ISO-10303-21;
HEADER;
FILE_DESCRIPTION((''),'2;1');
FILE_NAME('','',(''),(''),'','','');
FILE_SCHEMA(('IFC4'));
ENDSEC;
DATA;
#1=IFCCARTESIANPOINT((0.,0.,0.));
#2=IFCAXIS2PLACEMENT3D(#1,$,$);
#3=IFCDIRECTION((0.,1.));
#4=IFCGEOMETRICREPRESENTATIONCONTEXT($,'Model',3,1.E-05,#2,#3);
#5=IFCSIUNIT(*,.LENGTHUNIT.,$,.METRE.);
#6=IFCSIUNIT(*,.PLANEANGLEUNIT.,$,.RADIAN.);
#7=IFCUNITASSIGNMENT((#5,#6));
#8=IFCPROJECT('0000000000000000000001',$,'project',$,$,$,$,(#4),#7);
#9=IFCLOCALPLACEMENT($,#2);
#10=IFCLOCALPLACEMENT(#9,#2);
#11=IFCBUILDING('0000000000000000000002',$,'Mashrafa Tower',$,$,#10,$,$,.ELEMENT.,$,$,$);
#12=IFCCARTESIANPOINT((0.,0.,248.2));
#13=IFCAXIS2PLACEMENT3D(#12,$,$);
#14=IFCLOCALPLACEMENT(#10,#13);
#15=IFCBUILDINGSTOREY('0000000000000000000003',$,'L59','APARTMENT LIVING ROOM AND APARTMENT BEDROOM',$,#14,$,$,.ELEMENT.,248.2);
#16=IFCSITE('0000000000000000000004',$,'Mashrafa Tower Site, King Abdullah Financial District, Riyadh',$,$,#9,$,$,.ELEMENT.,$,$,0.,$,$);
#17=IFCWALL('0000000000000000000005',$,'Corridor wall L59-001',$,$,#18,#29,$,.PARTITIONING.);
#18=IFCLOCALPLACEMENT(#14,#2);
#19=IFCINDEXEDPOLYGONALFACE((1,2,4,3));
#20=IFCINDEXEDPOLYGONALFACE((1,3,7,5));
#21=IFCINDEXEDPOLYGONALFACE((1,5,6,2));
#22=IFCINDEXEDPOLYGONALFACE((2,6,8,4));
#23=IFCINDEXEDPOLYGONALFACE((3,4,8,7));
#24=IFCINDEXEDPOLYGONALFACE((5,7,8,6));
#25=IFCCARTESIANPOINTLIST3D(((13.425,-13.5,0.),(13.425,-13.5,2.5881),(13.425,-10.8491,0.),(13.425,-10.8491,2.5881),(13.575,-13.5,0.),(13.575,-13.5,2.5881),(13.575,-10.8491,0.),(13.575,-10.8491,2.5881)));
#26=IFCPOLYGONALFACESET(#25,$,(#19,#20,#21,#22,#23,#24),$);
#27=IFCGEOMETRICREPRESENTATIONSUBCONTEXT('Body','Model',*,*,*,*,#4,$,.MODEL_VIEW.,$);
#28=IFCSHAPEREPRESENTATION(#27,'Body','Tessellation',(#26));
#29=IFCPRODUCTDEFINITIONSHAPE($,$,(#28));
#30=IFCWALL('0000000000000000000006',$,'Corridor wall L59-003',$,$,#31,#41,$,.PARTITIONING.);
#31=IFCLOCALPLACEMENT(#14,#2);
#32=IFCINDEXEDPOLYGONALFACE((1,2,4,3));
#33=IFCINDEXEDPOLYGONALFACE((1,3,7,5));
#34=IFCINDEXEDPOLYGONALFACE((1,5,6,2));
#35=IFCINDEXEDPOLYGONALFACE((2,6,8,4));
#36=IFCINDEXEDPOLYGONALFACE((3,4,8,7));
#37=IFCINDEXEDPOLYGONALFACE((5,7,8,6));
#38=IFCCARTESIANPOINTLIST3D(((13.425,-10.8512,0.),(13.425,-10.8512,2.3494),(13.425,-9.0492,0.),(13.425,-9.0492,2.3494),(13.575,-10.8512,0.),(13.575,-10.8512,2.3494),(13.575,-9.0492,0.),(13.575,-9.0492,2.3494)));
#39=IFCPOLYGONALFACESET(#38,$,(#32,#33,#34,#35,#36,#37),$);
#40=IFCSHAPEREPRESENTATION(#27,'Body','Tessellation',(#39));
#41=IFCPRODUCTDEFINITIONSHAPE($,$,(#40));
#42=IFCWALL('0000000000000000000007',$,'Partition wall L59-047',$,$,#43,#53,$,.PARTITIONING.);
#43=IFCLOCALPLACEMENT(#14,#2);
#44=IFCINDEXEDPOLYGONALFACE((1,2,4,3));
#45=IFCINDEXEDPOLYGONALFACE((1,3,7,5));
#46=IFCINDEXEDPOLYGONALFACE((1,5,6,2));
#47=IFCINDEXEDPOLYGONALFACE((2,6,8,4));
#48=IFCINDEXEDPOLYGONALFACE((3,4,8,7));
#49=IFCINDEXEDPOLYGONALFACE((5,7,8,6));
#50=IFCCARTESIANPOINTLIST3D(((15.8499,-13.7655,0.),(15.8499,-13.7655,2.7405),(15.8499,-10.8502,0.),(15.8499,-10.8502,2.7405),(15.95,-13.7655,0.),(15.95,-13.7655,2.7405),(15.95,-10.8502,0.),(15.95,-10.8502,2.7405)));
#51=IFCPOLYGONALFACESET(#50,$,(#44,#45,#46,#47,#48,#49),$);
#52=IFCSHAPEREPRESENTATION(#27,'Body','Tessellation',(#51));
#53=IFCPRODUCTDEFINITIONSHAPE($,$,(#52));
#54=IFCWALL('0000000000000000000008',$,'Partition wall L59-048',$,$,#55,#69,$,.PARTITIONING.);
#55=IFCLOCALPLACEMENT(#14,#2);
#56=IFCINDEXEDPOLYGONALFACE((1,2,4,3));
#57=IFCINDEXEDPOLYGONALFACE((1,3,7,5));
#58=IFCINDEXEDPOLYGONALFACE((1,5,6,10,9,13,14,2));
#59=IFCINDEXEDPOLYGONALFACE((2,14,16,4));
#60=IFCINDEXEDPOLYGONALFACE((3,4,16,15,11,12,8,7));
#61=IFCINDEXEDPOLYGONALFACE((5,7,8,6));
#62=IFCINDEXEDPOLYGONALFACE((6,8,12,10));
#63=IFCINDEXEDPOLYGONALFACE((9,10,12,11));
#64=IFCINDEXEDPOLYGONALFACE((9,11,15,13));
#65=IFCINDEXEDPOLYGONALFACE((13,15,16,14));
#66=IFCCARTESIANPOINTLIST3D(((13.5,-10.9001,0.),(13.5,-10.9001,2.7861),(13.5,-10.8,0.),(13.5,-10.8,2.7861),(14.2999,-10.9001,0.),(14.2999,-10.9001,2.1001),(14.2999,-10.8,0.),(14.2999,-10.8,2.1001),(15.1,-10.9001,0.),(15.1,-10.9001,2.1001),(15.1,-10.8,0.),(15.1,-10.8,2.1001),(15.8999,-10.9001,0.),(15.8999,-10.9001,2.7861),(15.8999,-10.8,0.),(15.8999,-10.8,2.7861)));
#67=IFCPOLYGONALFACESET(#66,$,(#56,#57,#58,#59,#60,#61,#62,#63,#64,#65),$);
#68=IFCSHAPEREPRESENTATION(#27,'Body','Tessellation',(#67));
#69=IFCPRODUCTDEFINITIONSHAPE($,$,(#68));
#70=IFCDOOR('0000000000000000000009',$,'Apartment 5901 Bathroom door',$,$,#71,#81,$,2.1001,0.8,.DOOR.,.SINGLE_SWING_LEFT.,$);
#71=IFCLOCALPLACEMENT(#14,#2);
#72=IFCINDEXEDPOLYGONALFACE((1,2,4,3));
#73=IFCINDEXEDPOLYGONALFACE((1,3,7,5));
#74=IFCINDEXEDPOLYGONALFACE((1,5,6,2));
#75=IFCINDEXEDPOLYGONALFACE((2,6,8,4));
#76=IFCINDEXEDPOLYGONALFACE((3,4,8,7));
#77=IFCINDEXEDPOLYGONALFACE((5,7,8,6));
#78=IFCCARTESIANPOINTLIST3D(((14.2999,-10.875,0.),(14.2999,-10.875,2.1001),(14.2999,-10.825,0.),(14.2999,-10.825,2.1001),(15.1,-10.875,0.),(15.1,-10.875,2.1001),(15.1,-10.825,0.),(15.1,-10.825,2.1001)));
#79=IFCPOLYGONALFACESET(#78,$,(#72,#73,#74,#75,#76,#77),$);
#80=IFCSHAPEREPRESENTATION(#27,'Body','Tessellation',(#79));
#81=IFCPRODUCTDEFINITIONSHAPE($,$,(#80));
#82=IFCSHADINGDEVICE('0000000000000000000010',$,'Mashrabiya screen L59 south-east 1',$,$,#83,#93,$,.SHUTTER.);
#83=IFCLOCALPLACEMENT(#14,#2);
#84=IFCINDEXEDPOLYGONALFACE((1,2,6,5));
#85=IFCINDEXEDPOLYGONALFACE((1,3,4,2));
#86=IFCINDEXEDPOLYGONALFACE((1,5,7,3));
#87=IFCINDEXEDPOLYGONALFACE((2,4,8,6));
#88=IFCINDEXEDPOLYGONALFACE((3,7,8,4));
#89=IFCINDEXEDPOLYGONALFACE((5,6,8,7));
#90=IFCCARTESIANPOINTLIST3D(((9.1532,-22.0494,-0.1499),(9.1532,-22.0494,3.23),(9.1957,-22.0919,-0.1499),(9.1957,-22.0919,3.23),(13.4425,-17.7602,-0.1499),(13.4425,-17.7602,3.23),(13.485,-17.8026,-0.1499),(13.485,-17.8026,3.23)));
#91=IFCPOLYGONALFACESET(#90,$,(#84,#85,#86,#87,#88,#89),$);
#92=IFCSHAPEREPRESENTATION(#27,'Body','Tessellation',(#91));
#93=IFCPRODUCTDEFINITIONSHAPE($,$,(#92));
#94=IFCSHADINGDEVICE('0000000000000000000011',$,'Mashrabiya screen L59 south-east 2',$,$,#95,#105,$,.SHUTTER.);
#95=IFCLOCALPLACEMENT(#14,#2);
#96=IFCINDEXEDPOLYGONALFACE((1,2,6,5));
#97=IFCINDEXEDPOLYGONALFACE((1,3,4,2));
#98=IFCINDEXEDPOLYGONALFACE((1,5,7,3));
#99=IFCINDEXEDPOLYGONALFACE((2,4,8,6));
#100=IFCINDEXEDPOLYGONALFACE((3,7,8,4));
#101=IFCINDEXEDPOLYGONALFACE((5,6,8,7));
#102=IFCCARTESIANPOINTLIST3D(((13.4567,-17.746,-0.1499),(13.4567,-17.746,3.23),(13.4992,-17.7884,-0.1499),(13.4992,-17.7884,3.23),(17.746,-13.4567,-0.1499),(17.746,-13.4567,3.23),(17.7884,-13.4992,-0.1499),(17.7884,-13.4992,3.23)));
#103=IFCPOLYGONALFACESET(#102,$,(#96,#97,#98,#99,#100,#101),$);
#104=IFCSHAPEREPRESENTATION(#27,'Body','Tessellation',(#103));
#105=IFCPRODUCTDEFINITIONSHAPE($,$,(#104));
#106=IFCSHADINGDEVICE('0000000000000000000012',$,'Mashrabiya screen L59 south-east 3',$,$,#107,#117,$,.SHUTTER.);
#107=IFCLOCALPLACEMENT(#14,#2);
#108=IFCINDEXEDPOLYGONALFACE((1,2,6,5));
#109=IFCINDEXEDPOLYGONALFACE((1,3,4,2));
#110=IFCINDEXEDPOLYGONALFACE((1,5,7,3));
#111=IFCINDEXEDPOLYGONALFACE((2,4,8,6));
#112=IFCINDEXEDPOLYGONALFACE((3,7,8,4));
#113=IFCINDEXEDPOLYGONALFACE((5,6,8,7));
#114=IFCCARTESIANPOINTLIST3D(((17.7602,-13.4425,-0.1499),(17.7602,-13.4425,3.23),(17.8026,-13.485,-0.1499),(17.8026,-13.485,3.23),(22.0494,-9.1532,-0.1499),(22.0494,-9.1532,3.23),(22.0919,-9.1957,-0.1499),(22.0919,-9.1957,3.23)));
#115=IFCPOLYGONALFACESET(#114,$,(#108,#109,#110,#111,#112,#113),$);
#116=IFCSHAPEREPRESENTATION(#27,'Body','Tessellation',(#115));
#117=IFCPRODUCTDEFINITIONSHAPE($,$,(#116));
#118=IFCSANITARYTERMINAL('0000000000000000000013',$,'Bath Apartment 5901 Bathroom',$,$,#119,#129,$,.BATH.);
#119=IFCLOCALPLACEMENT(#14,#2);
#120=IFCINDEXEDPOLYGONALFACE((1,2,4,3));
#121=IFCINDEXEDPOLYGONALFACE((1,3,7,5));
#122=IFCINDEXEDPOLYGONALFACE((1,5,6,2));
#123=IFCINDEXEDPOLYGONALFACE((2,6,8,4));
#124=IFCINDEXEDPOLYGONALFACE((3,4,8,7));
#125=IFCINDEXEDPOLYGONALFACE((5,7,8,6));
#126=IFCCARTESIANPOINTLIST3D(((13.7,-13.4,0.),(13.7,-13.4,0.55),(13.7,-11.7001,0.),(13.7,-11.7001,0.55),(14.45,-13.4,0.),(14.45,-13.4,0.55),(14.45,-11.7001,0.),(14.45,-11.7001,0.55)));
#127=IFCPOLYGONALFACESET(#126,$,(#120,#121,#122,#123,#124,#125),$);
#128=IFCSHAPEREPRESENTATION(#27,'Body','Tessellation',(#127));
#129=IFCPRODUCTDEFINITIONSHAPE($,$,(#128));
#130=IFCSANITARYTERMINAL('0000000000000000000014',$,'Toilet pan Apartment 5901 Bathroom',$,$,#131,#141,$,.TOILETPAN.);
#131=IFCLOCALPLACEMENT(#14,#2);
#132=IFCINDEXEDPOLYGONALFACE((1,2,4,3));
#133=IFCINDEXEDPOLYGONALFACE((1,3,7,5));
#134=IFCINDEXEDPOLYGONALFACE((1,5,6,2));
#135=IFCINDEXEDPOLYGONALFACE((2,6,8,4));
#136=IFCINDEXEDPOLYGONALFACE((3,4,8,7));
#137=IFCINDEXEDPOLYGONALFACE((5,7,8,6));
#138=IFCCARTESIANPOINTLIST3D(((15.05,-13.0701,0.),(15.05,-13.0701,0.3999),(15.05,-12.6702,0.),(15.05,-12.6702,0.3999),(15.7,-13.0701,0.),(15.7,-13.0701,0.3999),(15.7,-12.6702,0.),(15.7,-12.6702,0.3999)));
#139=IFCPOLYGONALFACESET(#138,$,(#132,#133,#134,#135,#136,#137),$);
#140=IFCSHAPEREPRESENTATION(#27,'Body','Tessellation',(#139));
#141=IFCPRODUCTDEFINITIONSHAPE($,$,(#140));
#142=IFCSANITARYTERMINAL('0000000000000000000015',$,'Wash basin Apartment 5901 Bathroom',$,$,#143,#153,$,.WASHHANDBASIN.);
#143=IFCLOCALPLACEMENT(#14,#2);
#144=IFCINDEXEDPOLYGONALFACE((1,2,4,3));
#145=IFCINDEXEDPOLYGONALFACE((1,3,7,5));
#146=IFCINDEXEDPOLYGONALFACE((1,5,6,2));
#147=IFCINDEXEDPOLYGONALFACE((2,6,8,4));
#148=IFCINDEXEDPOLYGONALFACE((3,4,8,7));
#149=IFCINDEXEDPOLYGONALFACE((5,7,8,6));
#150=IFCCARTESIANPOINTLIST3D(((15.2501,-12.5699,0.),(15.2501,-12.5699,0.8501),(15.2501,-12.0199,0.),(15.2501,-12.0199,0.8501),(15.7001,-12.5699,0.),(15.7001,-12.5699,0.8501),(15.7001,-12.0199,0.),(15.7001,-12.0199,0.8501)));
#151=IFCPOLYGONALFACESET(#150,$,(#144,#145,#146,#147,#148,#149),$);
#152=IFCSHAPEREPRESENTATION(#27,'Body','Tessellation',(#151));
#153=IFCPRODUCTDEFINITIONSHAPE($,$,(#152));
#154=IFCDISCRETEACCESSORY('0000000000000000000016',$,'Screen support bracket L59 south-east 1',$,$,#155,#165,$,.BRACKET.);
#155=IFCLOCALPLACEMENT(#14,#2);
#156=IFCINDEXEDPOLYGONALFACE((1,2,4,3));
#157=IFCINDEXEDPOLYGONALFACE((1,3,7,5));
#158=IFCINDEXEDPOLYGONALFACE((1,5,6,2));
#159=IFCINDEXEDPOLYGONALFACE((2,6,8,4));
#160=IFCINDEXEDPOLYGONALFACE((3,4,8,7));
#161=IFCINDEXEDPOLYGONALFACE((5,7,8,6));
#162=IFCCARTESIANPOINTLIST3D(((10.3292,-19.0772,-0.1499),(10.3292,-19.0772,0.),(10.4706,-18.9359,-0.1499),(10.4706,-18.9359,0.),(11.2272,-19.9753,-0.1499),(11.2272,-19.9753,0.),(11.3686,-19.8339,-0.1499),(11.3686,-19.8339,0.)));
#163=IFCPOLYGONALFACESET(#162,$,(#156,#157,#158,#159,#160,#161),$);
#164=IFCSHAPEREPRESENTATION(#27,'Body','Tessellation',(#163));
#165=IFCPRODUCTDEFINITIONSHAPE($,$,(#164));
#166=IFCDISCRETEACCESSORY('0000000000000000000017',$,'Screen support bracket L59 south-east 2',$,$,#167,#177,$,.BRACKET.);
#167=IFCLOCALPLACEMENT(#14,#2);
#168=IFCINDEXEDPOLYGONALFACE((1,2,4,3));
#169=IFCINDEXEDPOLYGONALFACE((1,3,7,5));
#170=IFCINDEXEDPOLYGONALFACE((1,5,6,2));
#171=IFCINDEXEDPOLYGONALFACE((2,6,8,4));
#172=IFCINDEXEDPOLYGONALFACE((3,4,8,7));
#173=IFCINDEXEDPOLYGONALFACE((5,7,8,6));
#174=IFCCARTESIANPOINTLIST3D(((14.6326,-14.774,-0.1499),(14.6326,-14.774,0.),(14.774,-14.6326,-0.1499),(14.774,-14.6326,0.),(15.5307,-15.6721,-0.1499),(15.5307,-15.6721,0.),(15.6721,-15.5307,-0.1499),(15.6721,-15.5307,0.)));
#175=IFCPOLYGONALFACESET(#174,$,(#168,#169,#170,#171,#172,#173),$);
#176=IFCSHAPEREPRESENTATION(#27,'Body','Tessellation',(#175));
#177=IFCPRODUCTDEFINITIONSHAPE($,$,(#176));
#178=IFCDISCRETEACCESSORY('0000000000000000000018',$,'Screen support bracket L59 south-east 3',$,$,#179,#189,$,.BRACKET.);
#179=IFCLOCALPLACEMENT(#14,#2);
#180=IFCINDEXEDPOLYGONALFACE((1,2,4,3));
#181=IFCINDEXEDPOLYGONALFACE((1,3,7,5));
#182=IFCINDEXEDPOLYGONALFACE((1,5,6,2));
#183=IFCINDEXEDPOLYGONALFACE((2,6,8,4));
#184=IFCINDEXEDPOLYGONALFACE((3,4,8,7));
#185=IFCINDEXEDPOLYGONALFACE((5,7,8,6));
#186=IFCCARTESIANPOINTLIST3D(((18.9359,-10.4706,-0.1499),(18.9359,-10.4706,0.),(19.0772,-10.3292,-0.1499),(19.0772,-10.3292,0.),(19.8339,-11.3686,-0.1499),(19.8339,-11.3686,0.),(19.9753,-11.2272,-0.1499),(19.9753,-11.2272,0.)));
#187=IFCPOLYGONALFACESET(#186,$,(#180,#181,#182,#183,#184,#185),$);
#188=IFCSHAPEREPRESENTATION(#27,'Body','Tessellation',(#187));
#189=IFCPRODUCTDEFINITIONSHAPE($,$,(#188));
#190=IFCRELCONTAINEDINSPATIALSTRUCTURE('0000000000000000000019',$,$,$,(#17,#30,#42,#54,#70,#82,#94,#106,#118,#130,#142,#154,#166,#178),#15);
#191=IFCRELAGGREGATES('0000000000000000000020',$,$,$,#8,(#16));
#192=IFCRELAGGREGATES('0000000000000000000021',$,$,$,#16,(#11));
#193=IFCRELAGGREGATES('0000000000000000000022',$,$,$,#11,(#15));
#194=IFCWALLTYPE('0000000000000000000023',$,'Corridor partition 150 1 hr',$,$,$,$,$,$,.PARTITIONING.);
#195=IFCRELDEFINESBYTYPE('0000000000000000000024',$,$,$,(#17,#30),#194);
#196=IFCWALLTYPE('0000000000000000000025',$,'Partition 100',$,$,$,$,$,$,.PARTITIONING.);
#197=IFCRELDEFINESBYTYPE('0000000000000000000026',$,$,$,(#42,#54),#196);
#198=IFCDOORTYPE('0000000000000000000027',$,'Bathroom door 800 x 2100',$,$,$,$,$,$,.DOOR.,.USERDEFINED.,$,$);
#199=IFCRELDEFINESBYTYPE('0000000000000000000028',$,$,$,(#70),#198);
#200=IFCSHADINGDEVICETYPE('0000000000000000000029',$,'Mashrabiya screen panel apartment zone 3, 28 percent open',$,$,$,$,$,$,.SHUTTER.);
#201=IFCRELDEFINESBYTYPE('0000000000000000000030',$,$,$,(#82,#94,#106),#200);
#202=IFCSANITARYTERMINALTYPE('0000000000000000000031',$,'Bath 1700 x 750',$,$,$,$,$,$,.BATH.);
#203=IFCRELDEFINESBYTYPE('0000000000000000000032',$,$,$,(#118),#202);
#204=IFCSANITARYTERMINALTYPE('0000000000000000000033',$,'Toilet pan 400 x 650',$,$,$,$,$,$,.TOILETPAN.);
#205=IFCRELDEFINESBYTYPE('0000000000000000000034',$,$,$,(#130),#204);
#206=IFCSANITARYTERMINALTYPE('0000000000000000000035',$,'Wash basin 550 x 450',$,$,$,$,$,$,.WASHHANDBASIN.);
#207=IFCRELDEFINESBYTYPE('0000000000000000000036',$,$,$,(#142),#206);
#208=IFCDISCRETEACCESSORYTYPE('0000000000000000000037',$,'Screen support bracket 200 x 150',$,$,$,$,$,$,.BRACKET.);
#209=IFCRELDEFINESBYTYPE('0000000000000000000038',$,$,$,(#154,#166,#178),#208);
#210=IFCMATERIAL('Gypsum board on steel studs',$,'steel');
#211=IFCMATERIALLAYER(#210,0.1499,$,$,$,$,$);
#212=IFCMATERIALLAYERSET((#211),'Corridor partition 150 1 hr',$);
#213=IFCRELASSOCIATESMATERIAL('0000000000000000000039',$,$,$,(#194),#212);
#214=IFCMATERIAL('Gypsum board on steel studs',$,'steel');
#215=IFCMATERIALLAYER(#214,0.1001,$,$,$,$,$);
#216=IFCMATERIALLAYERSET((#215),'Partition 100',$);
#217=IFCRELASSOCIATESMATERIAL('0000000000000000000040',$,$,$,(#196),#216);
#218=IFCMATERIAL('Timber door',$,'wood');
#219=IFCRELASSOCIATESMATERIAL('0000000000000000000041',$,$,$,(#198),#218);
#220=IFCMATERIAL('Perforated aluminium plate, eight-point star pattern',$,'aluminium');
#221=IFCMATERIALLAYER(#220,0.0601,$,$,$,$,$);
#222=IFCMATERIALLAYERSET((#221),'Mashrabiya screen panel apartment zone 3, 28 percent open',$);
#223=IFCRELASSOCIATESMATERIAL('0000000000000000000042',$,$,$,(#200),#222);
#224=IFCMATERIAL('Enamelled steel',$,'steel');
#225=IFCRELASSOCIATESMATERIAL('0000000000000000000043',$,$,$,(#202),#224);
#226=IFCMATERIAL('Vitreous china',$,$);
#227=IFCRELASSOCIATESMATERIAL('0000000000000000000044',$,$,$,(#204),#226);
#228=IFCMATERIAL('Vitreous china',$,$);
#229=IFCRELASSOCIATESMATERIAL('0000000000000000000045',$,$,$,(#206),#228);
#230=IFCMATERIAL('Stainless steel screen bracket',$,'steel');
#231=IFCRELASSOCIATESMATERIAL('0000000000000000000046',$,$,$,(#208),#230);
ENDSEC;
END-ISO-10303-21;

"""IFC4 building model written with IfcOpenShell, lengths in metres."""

from ifc_helpers import new_model, si_unit, direction, frame, frame_2d, origin, origin_2d, place, context, subcontext, project, spatial, rectangle, extrude, source, transform, mapped, material, layer, layer_set, type_object, type_shapes, element, fill, save


model = new_model("IFC4")

# Units and contexts
model_context = context("Model", 3, precision=1e-05, world=origin(), true_north=direction((0.0, 1.0)))
body_context = subcontext(model_context, "Body", "Model", "MODEL_VIEW")
ifc_project = project(units=[si_unit("LENGTHUNIT", "METRE"), si_unit("PLANEANGLEUNIT", "RADIAN")], contexts=[model_context])

# Site, building, storey
site_placement = place(None, origin())
site = spatial("IfcSite", under=ifc_project, at=site_placement, Name="Mashrafa Tower Site, King Abdullah Financial District, Riyadh", CompositionType="ELEMENT", RefElevation=0.0)
building_placement = place(site_placement, origin())
building = spatial("IfcBuilding", under=site, at=building_placement, Name="Mashrafa Tower", CompositionType="ELEMENT")
storey_placement = place(building_placement, frame((0.0, 0.0, 248.2)))
storey = spatial("IfcBuildingStorey", under=building, at=storey_placement, Name="L59", Description="APARTMENT LIVING ROOM AND APARTMENT BEDROOM", CompositionType="ELEMENT", Elevation=248.2)

# Walls
ifc_material_1 = material(Name="Gypsum board on steel studs", Category="steel")
ifc_layer_1 = layer(ifc_material_1, 0.1499)
ifc_layer_set_1 = layer_set([ifc_layer_1], Name="Corridor partition 150 1 hr")
wall_type_1 = type_object("IfcWallType", Name="Corridor partition 150 1 hr", PredefinedType="PARTITIONING", material=ifc_layer_set_1)
wall_1_placement = place(storey_placement, frame((13.5, -13.5, 0.0), z_axis=(0.0, 0.0, 1.0), x_axis=(0.0, 1.0, 0.0)))
element("IfcWall", 1, at=wall_1_placement, inside=storey, type_object=wall_type_1, Name="Corridor wall L59-001", PredefinedType="PARTITIONING", context=body_context, shape_type="SweptSolid", body=[
    extrude(rectangle(XDim=2.6509, YDim=0.1499, at=frame_2d((1.3254, 0.0))), origin(), (0.0, 0.0, 1.0), 2.5881),
])
wall_2_placement = place(storey_placement, frame((13.5, -10.8511, 0.0), z_axis=(0.0, 0.0, 1.0), x_axis=(0.0, 1.0, 0.0)))
element("IfcWall", 2, at=wall_2_placement, inside=storey, type_object=wall_type_1, Name="Corridor wall L59-003", PredefinedType="PARTITIONING", context=body_context, shape_type="SweptSolid", body=[
    extrude(rectangle(XDim=1.802, YDim=0.1499, at=frame_2d((0.9009, 0.0))), origin(), (0.0, 0.0, 1.0), 2.3494),
])
ifc_material_2 = material(Name="Gypsum board on steel studs", Category="steel")
ifc_layer_2 = layer(ifc_material_2, 0.1001)
ifc_layer_set_2 = layer_set([ifc_layer_2], Name="Partition 100")
wall_type_2 = type_object("IfcWallType", Name="Partition 100", PredefinedType="PARTITIONING", material=ifc_layer_set_2)
wall_3_placement = place(storey_placement, frame((15.8999, -13.7654, 0.0), z_axis=(0.0, 0.0, 1.0), x_axis=(0.0, 1.0, 0.0)))
element("IfcWall", 3, at=wall_3_placement, inside=storey, type_object=wall_type_2, Name="Partition wall L59-047", PredefinedType="PARTITIONING", context=body_context, shape_type="SweptSolid", body=[
    extrude(rectangle(XDim=2.9153, YDim=0.1001, at=frame_2d((1.4575, 0.0))), origin(), (0.0, 0.0, 1.0), 2.7405),
])

# Wall, opening, door
wall_4_placement = place(storey_placement, frame((15.8999, -10.8501, 0.0), z_axis=(0.0, 0.0, 1.0), x_axis=(-1.0, 0.0, 0.0)))
wall_4 = element("IfcWall", 4, at=wall_4_placement, inside=storey, type_object=wall_type_2, Name="Partition wall L59-048", PredefinedType="PARTITIONING", context=body_context, shape_type="SweptSolid", body=[
    extrude(rectangle(XDim=2.3999, YDim=0.1001, at=frame_2d((1.2, 0.0))), origin(), (0.0, 0.0, 1.0), 2.7861),
])
opening_1_placement = place(wall_4_placement, frame((0.8, 0.0, 0.0)))
opening_1 = element("IfcOpeningElement", 5, at=opening_1_placement, cuts=wall_4, PredefinedType="OPENING", context=body_context, shape_type="SweptSolid", body=[
    extrude(rectangle(XDim=0.8, YDim=2.1001, at=frame_2d((0.3999, 1.05))), frame((0.0, 0.0601, 0.0), z_axis=(0.0, -1.0, 0.0), x_axis=(1.0, 0.0, 0.0)), (0.0, 0.0, 1.0), 0.1201),
])
ifc_material_3 = material(Name="Timber door", Category="wood")
door_type_1 = type_object("IfcDoorType", Name="Bathroom door 800 x 2100", OperationType="USERDEFINED", PredefinedType="DOOR", material=ifc_material_3)
door_1_placement = place(opening_1_placement, origin())
door_1 = element("IfcDoor", 6, at=door_1_placement, inside=storey, type_object=door_type_1, Name="Apartment 5901 Bathroom door", OperationType="SINGLE_SWING_LEFT", OverallHeight=2.1001, OverallWidth=0.8, PredefinedType="DOOR", context=body_context, shape_type="SweptSolid", body=[
    extrude(rectangle(XDim=0.8, YDim=2.1001, at=frame_2d((0.3999, 1.05))), frame((0.0, 0.0249, 0.0), z_axis=(0.0, -1.0, 0.0), x_axis=(1.0, 0.0, 0.0)), (0.0, 0.0, 1.0), 0.05),
])
fill(opening_1, door_1)

# Shading devices
ifc_material_4 = material(Name="Perforated aluminium plate, eight-point star pattern", Category="aluminium")
ifc_layer_3 = layer(ifc_material_4, 0.0601)
ifc_layer_set_3 = layer_set([ifc_layer_3], Name="Mashrabiya screen panel apartment zone 3, 28 percent open")
shading_device_type = type_object("IfcShadingDeviceType", Name="Mashrabiya screen panel apartment zone 3, 28 percent open", PredefinedType="SHUTTER", material=ifc_layer_set_3)
shared_shape_1 = source(origin(), body_context, "Body", "SweptSolid", [
    extrude(rectangle(XDim=6.0659, YDim=0.0601, at=origin_2d()), origin(), (0.0, 0.0, 1.0), 3.3799),
])
type_shapes(shading_device_type, [shared_shape_1])
for number, where, z_axis, x_axis, name in (
    (7, (11.3191, -19.926, -0.1499), (0.0, 0.0, 1.0), (0.707107, 0.707107, 0.0), "Mashrabiya screen L59 south-east 1"),
    (8, (15.6226, -15.6226, -0.1499), (0.0, 0.0, 1.0), (0.707107, 0.707107, 0.0), "Mashrabiya screen L59 south-east 2"),
    (9, (19.926, -11.3191, -0.1499), (0.0, 0.0, 1.0), (0.707107, 0.707107, 0.0), "Mashrabiya screen L59 south-east 3"),
):
    element("IfcShadingDevice", number, at=place(storey_placement, frame(where, z_axis=z_axis, x_axis=x_axis)), inside=storey, type_object=shading_device_type, Name=name, PredefinedType="SHUTTER", context=body_context, shape_type="MappedRepresentation", body=[
        mapped(shared_shape_1, transform((0.0, 0.0, 0.0))),
    ])

# Sanitary terminals
ifc_material_5 = material(Name="Enamelled steel", Category="steel")
sanitary_terminal_type_1 = type_object("IfcSanitaryTerminalType", Name="Bath 1700 x 750", PredefinedType="BATH", material=ifc_material_5)
sanitary_terminal_1_placement = place(storey_placement, frame((14.075, -12.55, 0.0), z_axis=(0.0, 0.0, 1.0), x_axis=(0.0, -1.0, 0.0)))
element("IfcSanitaryTerminal", 10, at=sanitary_terminal_1_placement, inside=storey, type_object=sanitary_terminal_type_1, Name="Bath Apartment 5901 Bathroom", PredefinedType="BATH", context=body_context, shape_type="SweptSolid", body=[
    extrude(rectangle(XDim=1.7, YDim=0.75, at=origin_2d()), origin(), (0.0, 0.0, 1.0), 0.55),
])
ifc_material_6 = material(Name="Vitreous china")
sanitary_terminal_type_2 = type_object("IfcSanitaryTerminalType", Name="Toilet pan 400 x 650", PredefinedType="TOILETPAN", material=ifc_material_6)
sanitary_terminal_2_placement = place(storey_placement, frame((15.375, -12.8701, 0.0), z_axis=(0.0, 0.0, 1.0), x_axis=(0.0, 1.0, 0.0)))
element("IfcSanitaryTerminal", 11, at=sanitary_terminal_2_placement, inside=storey, type_object=sanitary_terminal_type_2, Name="Toilet pan Apartment 5901 Bathroom", PredefinedType="TOILETPAN", context=body_context, shape_type="SweptSolid", body=[
    extrude(rectangle(XDim=0.3999, YDim=0.6499, at=origin_2d()), origin(), (0.0, 0.0, 1.0), 0.3999),
])
ifc_material_7 = material(Name="Vitreous china")
sanitary_terminal_type_3 = type_object("IfcSanitaryTerminalType", Name="Wash basin 550 x 450", PredefinedType="WASHHANDBASIN", material=ifc_material_7)
sanitary_terminal_3_placement = place(storey_placement, frame((15.4751, -12.2949, 0.0), z_axis=(0.0, 0.0, 1.0), x_axis=(0.0, 1.0, 0.0)))
element("IfcSanitaryTerminal", 12, at=sanitary_terminal_3_placement, inside=storey, type_object=sanitary_terminal_type_3, Name="Wash basin Apartment 5901 Bathroom", PredefinedType="WASHHANDBASIN", context=body_context, shape_type="SweptSolid", body=[
    extrude(rectangle(XDim=0.55, YDim=0.45, at=origin_2d()), origin(), (0.0, 0.0, 1.0), 0.8501),
])

# Discrete accessories
ifc_material_8 = material(Name="Stainless steel screen bracket", Category="steel")
discrete_accessory_type = type_object("IfcDiscreteAccessoryType", Name="Screen support bracket 200 x 150", PredefinedType="BRACKET", material=ifc_material_8)
shared_shape_2 = source(origin(), body_context, "Body", "SweptSolid", [
    extrude(rectangle(XDim=0.2, YDim=1.27, at=origin_2d()), origin(), (0.0, 0.0, 1.0), 0.1499),
])
type_shapes(discrete_accessory_type, [shared_shape_2])
for number, where, z_axis, x_axis, name in (
    (13, (10.8489, -19.4556, -0.1499), (0.0, 0.0, 1.0), (0.707107, 0.707107, 0.0), "Screen support bracket L59 south-east 1"),
    (14, (15.1523, -15.1523, -0.1499), (0.0, 0.0, 1.0), (0.707107, 0.707107, 0.0), "Screen support bracket L59 south-east 2"),
    (15, (19.4556, -10.8489, -0.1499), (0.0, 0.0, 1.0), (0.707107, 0.707107, 0.0), "Screen support bracket L59 south-east 3"),
):
    element("IfcDiscreteAccessory", number, at=place(storey_placement, frame(where, z_axis=z_axis, x_axis=x_axis)), inside=storey, type_object=discrete_accessory_type, Name=name, PredefinedType="BRACKET", context=body_context, shape_type="MappedRepresentation", body=[
        mapped(shared_shape_2, transform((0.0, 0.0, 0.0))),
    ])

save(model, "model.ifc")
